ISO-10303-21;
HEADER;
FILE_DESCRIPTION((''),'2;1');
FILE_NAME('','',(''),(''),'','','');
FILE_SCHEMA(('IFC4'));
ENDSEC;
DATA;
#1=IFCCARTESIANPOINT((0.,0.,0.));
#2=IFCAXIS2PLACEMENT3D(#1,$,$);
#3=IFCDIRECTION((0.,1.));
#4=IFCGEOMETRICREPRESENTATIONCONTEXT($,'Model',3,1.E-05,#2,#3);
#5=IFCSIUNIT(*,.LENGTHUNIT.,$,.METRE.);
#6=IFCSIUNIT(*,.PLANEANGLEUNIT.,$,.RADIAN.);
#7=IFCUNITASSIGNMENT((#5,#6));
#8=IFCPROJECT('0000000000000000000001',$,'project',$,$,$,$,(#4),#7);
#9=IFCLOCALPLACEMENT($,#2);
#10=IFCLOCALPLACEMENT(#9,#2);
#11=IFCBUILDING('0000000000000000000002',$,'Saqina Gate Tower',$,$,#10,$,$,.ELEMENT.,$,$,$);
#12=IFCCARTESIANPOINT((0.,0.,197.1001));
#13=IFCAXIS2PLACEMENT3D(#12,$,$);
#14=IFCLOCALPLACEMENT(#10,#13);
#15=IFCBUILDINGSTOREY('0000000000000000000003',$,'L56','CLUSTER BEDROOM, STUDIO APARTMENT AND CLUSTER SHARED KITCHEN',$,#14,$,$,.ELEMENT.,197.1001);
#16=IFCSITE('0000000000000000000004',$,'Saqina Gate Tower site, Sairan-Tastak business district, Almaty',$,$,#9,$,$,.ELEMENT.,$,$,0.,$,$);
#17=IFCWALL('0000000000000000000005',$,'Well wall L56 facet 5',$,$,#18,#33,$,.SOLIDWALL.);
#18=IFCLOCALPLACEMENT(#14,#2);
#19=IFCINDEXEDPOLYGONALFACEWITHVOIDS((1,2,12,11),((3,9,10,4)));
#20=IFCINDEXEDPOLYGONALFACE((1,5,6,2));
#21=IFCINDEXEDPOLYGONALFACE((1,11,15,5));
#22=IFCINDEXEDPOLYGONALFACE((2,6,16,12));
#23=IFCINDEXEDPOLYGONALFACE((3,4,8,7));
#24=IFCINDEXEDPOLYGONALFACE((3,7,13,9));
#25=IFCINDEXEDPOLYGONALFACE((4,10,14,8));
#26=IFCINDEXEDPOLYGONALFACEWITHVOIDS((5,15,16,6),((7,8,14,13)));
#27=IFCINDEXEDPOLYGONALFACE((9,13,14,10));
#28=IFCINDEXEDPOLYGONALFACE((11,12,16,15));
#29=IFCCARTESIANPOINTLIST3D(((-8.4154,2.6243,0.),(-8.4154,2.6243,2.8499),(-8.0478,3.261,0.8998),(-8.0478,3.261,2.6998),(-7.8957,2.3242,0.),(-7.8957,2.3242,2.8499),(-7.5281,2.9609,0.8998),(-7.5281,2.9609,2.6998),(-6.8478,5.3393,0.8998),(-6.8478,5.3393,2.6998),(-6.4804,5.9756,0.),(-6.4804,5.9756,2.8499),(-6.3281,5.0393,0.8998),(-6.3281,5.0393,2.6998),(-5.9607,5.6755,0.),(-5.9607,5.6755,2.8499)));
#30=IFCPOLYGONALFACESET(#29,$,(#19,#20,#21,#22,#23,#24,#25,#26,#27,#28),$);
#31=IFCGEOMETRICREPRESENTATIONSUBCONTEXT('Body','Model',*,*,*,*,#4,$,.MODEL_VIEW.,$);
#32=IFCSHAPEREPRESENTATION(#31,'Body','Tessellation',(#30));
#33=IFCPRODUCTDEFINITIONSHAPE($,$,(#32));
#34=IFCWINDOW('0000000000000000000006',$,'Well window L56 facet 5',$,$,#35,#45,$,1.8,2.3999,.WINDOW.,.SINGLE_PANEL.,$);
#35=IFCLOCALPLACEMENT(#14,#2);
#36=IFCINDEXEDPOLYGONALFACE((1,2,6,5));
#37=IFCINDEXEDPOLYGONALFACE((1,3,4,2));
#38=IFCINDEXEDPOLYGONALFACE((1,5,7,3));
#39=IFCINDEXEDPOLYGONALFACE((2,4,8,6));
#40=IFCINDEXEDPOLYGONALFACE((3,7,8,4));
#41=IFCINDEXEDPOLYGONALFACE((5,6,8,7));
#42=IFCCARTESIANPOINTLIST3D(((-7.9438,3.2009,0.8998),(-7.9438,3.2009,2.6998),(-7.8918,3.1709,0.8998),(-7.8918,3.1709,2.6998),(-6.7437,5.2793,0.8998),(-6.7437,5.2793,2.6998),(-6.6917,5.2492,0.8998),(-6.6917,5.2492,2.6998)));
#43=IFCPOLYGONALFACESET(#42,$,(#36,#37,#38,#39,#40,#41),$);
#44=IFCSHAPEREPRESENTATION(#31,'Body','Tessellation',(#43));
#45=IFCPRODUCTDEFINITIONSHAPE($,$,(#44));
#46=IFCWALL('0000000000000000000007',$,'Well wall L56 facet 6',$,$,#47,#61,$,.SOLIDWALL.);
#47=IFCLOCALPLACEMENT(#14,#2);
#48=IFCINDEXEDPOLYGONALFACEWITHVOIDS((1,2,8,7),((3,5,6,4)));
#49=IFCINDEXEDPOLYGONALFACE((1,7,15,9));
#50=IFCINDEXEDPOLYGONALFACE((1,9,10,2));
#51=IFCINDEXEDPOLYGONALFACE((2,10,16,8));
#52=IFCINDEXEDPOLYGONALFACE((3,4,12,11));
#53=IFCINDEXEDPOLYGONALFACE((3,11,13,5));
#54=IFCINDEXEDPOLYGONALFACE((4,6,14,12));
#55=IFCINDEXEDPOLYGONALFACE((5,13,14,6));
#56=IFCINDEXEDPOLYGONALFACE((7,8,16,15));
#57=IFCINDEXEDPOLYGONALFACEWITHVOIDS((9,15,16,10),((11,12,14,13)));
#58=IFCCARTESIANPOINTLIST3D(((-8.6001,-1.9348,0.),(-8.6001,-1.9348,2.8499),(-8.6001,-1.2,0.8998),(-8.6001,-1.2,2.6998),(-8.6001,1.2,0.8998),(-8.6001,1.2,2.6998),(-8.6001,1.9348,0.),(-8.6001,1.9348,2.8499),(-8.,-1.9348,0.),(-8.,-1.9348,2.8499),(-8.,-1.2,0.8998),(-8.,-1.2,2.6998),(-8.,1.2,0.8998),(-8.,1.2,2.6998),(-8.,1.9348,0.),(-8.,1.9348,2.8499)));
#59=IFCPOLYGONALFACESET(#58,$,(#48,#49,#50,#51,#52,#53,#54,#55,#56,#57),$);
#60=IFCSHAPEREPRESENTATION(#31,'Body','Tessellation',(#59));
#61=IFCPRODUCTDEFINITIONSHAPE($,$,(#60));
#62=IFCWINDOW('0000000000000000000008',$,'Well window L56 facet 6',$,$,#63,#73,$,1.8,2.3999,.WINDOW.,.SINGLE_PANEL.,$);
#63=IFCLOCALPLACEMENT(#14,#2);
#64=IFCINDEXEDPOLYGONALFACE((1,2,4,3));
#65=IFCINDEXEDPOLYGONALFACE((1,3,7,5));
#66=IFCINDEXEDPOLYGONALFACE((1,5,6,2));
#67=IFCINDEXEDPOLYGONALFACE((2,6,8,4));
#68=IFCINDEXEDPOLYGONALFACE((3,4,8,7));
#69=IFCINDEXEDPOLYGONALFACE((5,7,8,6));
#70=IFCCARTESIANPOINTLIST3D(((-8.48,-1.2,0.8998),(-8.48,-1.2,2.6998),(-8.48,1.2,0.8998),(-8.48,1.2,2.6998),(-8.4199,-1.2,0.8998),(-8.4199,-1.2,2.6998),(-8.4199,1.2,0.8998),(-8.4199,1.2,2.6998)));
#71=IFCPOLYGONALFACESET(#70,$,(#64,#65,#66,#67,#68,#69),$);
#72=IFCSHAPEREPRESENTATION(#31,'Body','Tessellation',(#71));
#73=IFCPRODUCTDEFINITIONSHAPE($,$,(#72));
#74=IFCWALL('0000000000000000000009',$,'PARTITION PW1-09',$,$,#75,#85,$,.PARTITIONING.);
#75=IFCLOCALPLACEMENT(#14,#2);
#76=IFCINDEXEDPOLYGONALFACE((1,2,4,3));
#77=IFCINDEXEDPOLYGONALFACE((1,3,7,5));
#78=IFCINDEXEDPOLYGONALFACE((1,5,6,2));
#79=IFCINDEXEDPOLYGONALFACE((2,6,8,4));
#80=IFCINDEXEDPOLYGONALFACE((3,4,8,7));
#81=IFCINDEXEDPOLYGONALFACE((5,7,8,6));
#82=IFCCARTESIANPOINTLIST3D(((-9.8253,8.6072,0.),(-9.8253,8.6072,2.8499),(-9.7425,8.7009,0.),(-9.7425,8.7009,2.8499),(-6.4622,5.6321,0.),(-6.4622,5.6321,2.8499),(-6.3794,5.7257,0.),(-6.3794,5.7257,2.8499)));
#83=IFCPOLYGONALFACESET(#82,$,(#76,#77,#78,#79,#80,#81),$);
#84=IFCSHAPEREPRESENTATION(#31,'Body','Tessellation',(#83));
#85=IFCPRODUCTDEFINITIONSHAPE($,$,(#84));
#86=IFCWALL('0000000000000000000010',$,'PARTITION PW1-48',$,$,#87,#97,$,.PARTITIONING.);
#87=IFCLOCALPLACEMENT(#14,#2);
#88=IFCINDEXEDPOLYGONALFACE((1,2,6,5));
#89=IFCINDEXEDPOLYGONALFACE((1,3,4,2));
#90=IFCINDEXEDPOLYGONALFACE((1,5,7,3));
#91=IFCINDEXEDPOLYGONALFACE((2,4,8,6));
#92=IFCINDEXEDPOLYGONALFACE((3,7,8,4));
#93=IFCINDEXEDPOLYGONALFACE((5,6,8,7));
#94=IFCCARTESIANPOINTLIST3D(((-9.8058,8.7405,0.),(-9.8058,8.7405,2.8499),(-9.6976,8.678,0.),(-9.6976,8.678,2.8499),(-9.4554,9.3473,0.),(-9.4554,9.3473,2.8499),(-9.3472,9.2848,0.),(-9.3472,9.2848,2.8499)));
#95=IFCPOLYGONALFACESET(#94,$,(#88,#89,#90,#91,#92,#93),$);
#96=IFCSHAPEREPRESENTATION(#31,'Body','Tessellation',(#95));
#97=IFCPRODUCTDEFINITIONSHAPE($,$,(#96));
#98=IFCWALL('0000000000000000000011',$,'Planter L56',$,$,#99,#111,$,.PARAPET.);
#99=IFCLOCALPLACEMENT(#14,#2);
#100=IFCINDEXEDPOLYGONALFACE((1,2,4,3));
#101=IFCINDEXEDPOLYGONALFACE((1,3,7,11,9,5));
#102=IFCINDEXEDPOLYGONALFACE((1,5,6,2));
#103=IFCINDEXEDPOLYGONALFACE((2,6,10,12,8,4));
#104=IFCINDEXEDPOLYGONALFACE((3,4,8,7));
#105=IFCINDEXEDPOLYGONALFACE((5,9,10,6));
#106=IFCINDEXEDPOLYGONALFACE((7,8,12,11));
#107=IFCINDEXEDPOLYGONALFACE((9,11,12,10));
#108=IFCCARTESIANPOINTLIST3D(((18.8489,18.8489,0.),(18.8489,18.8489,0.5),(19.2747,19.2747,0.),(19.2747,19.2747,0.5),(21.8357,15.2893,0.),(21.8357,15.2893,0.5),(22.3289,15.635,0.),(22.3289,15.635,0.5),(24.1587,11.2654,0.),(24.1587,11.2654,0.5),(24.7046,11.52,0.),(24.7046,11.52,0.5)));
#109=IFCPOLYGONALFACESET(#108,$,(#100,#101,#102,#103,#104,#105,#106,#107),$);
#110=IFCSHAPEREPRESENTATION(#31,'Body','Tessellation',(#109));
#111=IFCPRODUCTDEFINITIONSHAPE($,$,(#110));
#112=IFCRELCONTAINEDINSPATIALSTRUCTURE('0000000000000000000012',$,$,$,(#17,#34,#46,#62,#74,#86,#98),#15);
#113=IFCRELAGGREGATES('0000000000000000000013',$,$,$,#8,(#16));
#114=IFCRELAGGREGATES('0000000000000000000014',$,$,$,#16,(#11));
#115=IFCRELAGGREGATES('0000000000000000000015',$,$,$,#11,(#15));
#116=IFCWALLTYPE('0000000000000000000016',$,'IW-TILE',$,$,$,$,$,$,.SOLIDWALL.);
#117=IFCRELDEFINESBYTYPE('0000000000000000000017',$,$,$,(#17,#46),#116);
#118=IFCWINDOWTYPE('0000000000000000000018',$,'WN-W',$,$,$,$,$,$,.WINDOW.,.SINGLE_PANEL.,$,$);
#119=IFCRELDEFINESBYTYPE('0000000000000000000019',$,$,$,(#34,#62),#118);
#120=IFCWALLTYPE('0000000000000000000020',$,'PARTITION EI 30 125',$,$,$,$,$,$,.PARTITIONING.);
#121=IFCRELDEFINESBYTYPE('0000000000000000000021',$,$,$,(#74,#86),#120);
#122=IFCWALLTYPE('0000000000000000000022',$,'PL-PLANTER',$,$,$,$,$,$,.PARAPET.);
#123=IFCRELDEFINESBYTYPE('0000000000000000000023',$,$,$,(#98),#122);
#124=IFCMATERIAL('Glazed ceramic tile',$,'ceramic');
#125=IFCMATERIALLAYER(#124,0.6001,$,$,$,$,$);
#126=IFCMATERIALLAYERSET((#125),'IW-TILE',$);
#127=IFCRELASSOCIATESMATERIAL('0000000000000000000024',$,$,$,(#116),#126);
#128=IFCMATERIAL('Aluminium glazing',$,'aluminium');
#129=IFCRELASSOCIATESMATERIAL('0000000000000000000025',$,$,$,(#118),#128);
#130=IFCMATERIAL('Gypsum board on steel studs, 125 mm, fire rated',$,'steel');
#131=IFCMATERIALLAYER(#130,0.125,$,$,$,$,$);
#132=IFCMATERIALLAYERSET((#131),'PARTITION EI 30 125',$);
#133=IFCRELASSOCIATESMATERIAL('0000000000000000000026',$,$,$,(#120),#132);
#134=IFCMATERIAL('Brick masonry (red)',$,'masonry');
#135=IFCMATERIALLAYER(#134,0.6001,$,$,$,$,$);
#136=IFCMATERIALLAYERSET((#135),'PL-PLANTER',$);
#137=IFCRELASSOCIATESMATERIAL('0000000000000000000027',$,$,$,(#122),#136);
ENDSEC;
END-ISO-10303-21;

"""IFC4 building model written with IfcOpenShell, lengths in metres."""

from ifc_helpers import new_model, si_unit, direction, frame, frame_2d, origin, place, context, subcontext, project, spatial, polyline, rectangle, outline, extrude, material, layer, layer_set, type_object, element, fill, save


model = new_model("IFC4")

# Units and contexts
model_context = context("Model", 3, precision=1e-05, world=origin(), true_north=direction((0.0, 1.0)))
body_context = subcontext(model_context, "Body", "Model", "MODEL_VIEW")
ifc_project = project(units=[si_unit("LENGTHUNIT", "METRE"), si_unit("PLANEANGLEUNIT", "RADIAN")], contexts=[model_context])

# Site, building, storey
site_placement = place(None, origin())
site = spatial("IfcSite", under=ifc_project, at=site_placement, Name="Saqina Gate Tower site, Sairan-Tastak business district, Almaty", CompositionType="ELEMENT", RefElevation=0.0)
building_placement = place(site_placement, origin())
building = spatial("IfcBuilding", under=site, at=building_placement, Name="Saqina Gate Tower", CompositionType="ELEMENT")
storey_placement = place(building_placement, frame((0.0, 0.0, 197.1001)))
storey = spatial("IfcBuildingStorey", under=building, at=storey_placement, Name="L56", Description="CLUSTER BEDROOM, STUDIO APARTMENT AND CLUSTER SHARED KITCHEN", CompositionType="ELEMENT", Elevation=197.1001)

# Walls, openings, windows
ifc_material_1 = material(Name="Glazed ceramic tile", Category="ceramic")
ifc_layer_1 = layer(ifc_material_1, 0.6001)
ifc_layer_set_1 = layer_set([ifc_layer_1], Name="IW-TILE")
wall_type_1 = type_object("IfcWallType", Name="IW-TILE", PredefinedType="SOLIDWALL", material=ifc_layer_set_1)
ifc_material_2 = material(Name="Aluminium glazing", Category="aluminium")
window_type = type_object("IfcWindowType", Name="WN-W", PartitioningType="SINGLE_PANEL", PredefinedType="WINDOW", material=ifc_material_2)
wall_1_placement = place(storey_placement, frame((-6.2205, 5.8257, 0.0), z_axis=(0.0, 0.0, 1.0), x_axis=(-0.500034, -0.866006, 0.0)))
wall_1 = element("IfcWall", 1, at=wall_1_placement, inside=storey, type_object=wall_type_1, Name="Well wall L56 facet 5", PredefinedType="SOLIDWALL", context=body_context, shape_type="SweptSolid", body=[
    extrude(rectangle(XDim=3.8699, YDim=0.6001, at=frame_2d((1.9351, 0.0))), origin(), (0.0, 0.0, 1.0), 2.8499),
])
opening_1_placement = place(wall_1_placement, frame((0.7349, 0.0, 0.8999)))
opening_1 = element("IfcOpeningElement", 2, at=opening_1_placement, cuts=wall_1, PredefinedType="OPENING", context=body_context, shape_type="SweptSolid", body=[
    extrude(rectangle(XDim=2.3999, YDim=1.8, at=frame_2d((1.2, 0.8999))), frame((0.0, 0.312, 0.0), z_axis=(0.0, -1.0, 0.0), x_axis=(1.0, 0.0, 0.0)), (0.0, 0.0, 1.0), 0.624),
])
window_1_placement = place(opening_1_placement, origin())
window_1 = element("IfcWindow", 3, at=window_1_placement, inside=storey, type_object=window_type, Name="Well window L56 facet 5", OverallHeight=1.8, OverallWidth=2.3999, PartitioningType="SINGLE_PANEL", PredefinedType="WINDOW", context=body_context, shape_type="SweptSolid", body=[
    extrude(rectangle(XDim=2.3999, YDim=1.8, at=frame_2d((1.2, 0.8999))), frame((0.0, -0.1199, 0.0), z_axis=(0.0, -1.0, 0.0), x_axis=(1.0, 0.0, 0.0)), (0.0, 0.0, 1.0), 0.0601),
])
fill(opening_1, window_1)
wall_2_placement = place(storey_placement, frame((-8.3, 1.9348, 0.0), z_axis=(0.0, 0.0, 1.0), x_axis=(0.0, -1.0, 0.0)))
wall_2 = element("IfcWall", 4, at=wall_2_placement, inside=storey, type_object=wall_type_1, Name="Well wall L56 facet 6", PredefinedType="SOLIDWALL", context=body_context, shape_type="SweptSolid", body=[
    extrude(rectangle(XDim=3.8696, YDim=0.6001, at=frame_2d((1.9348, 0.0))), origin(), (0.0, 0.0, 1.0), 2.8499),
])
opening_2_placement = place(wall_2_placement, frame((0.7349, 0.0, 0.8999)))
opening_2 = element("IfcOpeningElement", 5, at=opening_2_placement, cuts=wall_2, PredefinedType="OPENING", context=body_context, shape_type="SweptSolid", body=[
    extrude(rectangle(XDim=2.3999, YDim=1.8, at=frame_2d((1.2, 0.8999))), frame((0.0, 0.312, 0.0), z_axis=(0.0, -1.0, 0.0), x_axis=(1.0, 0.0, 0.0)), (0.0, 0.0, 1.0), 0.624),
])
window_2_placement = place(opening_2_placement, origin())
window_2 = element("IfcWindow", 6, at=window_2_placement, inside=storey, type_object=window_type, Name="Well window L56 facet 6", OverallHeight=1.8, OverallWidth=2.3999, PartitioningType="SINGLE_PANEL", PredefinedType="WINDOW", context=body_context, shape_type="SweptSolid", body=[
    extrude(rectangle(XDim=2.3999, YDim=1.8, at=frame_2d((1.2, 0.8999))), frame((0.0, -0.1199, 0.0), z_axis=(0.0, -1.0, 0.0), x_axis=(1.0, 0.0, 0.0)), (0.0, 0.0, 1.0), 0.0601),
])
fill(opening_2, window_2)

# Walls
ifc_material_3 = material(Name="Gypsum board on steel studs, 125 mm, fire rated", Category="steel")
ifc_layer_2 = layer(ifc_material_3, 0.125)
ifc_layer_set_2 = layer_set([ifc_layer_2], Name="PARTITION EI 30 125")
wall_type_2 = type_object("IfcWallType", Name="PARTITION EI 30 125", PredefinedType="PARTITIONING", material=ifc_layer_set_2)
wall_3_placement = place(storey_placement, frame((-9.7839, 8.6541, 0.0), z_axis=(0.0, 0.0, 1.0), x_axis=(0.748985, -0.662587, 0.0)))
element("IfcWall", 7, at=wall_3_placement, inside=storey, type_object=wall_type_2, Name="PARTITION PW1-09", PredefinedType="PARTITIONING", context=body_context, shape_type="SweptSolid", body=[
    extrude(rectangle(XDim=4.4902, YDim=0.125, at=frame_2d((2.2451, 0.0))), origin(), (0.0, 0.0, 1.0), 2.8499),
])
wall_4_placement = place(storey_placement, frame((-9.7517, 8.7092, 0.0), z_axis=(0.0, 0.0, 1.0), x_axis=(0.500074, 0.865982, 0.0)))
element("IfcWall", 8, at=wall_4_placement, inside=storey, type_object=wall_type_2, Name="PARTITION PW1-48", PredefinedType="PARTITIONING", context=body_context, shape_type="SweptSolid", body=[
    extrude(rectangle(XDim=0.7007, YDim=0.125, at=frame_2d((0.3503, 0.0))), origin(), (0.0, 0.0, 1.0), 2.8499),
])
ifc_material_4 = material(Name="Brick masonry (red)", Category="masonry")
ifc_layer_3 = layer(ifc_material_4, 0.6001)
ifc_layer_set_3 = layer_set([ifc_layer_3], Name="PL-PLANTER")
wall_type_3 = type_object("IfcWallType", Name="PL-PLANTER", PredefinedType="PARAPET", material=ifc_layer_set_3)
wall_5_placement = place(storey_placement, origin())
element("IfcWall", 9, at=wall_5_placement, inside=storey, type_object=wall_type_3, Name="Planter L56", PredefinedType="PARAPET", context=body_context, shape_type="SweptSolid", body=[
    extrude(outline(polyline([(24.7046, 11.52), (22.3289, 15.635), (19.2747, 19.2747), (18.8489, 18.8489), (21.8357, 15.2893), (24.1587, 11.2654), (24.7046, 11.52)])), origin(), (0.0, 0.0, 1.0), 0.5),
])

save(model, "model.ifc")
